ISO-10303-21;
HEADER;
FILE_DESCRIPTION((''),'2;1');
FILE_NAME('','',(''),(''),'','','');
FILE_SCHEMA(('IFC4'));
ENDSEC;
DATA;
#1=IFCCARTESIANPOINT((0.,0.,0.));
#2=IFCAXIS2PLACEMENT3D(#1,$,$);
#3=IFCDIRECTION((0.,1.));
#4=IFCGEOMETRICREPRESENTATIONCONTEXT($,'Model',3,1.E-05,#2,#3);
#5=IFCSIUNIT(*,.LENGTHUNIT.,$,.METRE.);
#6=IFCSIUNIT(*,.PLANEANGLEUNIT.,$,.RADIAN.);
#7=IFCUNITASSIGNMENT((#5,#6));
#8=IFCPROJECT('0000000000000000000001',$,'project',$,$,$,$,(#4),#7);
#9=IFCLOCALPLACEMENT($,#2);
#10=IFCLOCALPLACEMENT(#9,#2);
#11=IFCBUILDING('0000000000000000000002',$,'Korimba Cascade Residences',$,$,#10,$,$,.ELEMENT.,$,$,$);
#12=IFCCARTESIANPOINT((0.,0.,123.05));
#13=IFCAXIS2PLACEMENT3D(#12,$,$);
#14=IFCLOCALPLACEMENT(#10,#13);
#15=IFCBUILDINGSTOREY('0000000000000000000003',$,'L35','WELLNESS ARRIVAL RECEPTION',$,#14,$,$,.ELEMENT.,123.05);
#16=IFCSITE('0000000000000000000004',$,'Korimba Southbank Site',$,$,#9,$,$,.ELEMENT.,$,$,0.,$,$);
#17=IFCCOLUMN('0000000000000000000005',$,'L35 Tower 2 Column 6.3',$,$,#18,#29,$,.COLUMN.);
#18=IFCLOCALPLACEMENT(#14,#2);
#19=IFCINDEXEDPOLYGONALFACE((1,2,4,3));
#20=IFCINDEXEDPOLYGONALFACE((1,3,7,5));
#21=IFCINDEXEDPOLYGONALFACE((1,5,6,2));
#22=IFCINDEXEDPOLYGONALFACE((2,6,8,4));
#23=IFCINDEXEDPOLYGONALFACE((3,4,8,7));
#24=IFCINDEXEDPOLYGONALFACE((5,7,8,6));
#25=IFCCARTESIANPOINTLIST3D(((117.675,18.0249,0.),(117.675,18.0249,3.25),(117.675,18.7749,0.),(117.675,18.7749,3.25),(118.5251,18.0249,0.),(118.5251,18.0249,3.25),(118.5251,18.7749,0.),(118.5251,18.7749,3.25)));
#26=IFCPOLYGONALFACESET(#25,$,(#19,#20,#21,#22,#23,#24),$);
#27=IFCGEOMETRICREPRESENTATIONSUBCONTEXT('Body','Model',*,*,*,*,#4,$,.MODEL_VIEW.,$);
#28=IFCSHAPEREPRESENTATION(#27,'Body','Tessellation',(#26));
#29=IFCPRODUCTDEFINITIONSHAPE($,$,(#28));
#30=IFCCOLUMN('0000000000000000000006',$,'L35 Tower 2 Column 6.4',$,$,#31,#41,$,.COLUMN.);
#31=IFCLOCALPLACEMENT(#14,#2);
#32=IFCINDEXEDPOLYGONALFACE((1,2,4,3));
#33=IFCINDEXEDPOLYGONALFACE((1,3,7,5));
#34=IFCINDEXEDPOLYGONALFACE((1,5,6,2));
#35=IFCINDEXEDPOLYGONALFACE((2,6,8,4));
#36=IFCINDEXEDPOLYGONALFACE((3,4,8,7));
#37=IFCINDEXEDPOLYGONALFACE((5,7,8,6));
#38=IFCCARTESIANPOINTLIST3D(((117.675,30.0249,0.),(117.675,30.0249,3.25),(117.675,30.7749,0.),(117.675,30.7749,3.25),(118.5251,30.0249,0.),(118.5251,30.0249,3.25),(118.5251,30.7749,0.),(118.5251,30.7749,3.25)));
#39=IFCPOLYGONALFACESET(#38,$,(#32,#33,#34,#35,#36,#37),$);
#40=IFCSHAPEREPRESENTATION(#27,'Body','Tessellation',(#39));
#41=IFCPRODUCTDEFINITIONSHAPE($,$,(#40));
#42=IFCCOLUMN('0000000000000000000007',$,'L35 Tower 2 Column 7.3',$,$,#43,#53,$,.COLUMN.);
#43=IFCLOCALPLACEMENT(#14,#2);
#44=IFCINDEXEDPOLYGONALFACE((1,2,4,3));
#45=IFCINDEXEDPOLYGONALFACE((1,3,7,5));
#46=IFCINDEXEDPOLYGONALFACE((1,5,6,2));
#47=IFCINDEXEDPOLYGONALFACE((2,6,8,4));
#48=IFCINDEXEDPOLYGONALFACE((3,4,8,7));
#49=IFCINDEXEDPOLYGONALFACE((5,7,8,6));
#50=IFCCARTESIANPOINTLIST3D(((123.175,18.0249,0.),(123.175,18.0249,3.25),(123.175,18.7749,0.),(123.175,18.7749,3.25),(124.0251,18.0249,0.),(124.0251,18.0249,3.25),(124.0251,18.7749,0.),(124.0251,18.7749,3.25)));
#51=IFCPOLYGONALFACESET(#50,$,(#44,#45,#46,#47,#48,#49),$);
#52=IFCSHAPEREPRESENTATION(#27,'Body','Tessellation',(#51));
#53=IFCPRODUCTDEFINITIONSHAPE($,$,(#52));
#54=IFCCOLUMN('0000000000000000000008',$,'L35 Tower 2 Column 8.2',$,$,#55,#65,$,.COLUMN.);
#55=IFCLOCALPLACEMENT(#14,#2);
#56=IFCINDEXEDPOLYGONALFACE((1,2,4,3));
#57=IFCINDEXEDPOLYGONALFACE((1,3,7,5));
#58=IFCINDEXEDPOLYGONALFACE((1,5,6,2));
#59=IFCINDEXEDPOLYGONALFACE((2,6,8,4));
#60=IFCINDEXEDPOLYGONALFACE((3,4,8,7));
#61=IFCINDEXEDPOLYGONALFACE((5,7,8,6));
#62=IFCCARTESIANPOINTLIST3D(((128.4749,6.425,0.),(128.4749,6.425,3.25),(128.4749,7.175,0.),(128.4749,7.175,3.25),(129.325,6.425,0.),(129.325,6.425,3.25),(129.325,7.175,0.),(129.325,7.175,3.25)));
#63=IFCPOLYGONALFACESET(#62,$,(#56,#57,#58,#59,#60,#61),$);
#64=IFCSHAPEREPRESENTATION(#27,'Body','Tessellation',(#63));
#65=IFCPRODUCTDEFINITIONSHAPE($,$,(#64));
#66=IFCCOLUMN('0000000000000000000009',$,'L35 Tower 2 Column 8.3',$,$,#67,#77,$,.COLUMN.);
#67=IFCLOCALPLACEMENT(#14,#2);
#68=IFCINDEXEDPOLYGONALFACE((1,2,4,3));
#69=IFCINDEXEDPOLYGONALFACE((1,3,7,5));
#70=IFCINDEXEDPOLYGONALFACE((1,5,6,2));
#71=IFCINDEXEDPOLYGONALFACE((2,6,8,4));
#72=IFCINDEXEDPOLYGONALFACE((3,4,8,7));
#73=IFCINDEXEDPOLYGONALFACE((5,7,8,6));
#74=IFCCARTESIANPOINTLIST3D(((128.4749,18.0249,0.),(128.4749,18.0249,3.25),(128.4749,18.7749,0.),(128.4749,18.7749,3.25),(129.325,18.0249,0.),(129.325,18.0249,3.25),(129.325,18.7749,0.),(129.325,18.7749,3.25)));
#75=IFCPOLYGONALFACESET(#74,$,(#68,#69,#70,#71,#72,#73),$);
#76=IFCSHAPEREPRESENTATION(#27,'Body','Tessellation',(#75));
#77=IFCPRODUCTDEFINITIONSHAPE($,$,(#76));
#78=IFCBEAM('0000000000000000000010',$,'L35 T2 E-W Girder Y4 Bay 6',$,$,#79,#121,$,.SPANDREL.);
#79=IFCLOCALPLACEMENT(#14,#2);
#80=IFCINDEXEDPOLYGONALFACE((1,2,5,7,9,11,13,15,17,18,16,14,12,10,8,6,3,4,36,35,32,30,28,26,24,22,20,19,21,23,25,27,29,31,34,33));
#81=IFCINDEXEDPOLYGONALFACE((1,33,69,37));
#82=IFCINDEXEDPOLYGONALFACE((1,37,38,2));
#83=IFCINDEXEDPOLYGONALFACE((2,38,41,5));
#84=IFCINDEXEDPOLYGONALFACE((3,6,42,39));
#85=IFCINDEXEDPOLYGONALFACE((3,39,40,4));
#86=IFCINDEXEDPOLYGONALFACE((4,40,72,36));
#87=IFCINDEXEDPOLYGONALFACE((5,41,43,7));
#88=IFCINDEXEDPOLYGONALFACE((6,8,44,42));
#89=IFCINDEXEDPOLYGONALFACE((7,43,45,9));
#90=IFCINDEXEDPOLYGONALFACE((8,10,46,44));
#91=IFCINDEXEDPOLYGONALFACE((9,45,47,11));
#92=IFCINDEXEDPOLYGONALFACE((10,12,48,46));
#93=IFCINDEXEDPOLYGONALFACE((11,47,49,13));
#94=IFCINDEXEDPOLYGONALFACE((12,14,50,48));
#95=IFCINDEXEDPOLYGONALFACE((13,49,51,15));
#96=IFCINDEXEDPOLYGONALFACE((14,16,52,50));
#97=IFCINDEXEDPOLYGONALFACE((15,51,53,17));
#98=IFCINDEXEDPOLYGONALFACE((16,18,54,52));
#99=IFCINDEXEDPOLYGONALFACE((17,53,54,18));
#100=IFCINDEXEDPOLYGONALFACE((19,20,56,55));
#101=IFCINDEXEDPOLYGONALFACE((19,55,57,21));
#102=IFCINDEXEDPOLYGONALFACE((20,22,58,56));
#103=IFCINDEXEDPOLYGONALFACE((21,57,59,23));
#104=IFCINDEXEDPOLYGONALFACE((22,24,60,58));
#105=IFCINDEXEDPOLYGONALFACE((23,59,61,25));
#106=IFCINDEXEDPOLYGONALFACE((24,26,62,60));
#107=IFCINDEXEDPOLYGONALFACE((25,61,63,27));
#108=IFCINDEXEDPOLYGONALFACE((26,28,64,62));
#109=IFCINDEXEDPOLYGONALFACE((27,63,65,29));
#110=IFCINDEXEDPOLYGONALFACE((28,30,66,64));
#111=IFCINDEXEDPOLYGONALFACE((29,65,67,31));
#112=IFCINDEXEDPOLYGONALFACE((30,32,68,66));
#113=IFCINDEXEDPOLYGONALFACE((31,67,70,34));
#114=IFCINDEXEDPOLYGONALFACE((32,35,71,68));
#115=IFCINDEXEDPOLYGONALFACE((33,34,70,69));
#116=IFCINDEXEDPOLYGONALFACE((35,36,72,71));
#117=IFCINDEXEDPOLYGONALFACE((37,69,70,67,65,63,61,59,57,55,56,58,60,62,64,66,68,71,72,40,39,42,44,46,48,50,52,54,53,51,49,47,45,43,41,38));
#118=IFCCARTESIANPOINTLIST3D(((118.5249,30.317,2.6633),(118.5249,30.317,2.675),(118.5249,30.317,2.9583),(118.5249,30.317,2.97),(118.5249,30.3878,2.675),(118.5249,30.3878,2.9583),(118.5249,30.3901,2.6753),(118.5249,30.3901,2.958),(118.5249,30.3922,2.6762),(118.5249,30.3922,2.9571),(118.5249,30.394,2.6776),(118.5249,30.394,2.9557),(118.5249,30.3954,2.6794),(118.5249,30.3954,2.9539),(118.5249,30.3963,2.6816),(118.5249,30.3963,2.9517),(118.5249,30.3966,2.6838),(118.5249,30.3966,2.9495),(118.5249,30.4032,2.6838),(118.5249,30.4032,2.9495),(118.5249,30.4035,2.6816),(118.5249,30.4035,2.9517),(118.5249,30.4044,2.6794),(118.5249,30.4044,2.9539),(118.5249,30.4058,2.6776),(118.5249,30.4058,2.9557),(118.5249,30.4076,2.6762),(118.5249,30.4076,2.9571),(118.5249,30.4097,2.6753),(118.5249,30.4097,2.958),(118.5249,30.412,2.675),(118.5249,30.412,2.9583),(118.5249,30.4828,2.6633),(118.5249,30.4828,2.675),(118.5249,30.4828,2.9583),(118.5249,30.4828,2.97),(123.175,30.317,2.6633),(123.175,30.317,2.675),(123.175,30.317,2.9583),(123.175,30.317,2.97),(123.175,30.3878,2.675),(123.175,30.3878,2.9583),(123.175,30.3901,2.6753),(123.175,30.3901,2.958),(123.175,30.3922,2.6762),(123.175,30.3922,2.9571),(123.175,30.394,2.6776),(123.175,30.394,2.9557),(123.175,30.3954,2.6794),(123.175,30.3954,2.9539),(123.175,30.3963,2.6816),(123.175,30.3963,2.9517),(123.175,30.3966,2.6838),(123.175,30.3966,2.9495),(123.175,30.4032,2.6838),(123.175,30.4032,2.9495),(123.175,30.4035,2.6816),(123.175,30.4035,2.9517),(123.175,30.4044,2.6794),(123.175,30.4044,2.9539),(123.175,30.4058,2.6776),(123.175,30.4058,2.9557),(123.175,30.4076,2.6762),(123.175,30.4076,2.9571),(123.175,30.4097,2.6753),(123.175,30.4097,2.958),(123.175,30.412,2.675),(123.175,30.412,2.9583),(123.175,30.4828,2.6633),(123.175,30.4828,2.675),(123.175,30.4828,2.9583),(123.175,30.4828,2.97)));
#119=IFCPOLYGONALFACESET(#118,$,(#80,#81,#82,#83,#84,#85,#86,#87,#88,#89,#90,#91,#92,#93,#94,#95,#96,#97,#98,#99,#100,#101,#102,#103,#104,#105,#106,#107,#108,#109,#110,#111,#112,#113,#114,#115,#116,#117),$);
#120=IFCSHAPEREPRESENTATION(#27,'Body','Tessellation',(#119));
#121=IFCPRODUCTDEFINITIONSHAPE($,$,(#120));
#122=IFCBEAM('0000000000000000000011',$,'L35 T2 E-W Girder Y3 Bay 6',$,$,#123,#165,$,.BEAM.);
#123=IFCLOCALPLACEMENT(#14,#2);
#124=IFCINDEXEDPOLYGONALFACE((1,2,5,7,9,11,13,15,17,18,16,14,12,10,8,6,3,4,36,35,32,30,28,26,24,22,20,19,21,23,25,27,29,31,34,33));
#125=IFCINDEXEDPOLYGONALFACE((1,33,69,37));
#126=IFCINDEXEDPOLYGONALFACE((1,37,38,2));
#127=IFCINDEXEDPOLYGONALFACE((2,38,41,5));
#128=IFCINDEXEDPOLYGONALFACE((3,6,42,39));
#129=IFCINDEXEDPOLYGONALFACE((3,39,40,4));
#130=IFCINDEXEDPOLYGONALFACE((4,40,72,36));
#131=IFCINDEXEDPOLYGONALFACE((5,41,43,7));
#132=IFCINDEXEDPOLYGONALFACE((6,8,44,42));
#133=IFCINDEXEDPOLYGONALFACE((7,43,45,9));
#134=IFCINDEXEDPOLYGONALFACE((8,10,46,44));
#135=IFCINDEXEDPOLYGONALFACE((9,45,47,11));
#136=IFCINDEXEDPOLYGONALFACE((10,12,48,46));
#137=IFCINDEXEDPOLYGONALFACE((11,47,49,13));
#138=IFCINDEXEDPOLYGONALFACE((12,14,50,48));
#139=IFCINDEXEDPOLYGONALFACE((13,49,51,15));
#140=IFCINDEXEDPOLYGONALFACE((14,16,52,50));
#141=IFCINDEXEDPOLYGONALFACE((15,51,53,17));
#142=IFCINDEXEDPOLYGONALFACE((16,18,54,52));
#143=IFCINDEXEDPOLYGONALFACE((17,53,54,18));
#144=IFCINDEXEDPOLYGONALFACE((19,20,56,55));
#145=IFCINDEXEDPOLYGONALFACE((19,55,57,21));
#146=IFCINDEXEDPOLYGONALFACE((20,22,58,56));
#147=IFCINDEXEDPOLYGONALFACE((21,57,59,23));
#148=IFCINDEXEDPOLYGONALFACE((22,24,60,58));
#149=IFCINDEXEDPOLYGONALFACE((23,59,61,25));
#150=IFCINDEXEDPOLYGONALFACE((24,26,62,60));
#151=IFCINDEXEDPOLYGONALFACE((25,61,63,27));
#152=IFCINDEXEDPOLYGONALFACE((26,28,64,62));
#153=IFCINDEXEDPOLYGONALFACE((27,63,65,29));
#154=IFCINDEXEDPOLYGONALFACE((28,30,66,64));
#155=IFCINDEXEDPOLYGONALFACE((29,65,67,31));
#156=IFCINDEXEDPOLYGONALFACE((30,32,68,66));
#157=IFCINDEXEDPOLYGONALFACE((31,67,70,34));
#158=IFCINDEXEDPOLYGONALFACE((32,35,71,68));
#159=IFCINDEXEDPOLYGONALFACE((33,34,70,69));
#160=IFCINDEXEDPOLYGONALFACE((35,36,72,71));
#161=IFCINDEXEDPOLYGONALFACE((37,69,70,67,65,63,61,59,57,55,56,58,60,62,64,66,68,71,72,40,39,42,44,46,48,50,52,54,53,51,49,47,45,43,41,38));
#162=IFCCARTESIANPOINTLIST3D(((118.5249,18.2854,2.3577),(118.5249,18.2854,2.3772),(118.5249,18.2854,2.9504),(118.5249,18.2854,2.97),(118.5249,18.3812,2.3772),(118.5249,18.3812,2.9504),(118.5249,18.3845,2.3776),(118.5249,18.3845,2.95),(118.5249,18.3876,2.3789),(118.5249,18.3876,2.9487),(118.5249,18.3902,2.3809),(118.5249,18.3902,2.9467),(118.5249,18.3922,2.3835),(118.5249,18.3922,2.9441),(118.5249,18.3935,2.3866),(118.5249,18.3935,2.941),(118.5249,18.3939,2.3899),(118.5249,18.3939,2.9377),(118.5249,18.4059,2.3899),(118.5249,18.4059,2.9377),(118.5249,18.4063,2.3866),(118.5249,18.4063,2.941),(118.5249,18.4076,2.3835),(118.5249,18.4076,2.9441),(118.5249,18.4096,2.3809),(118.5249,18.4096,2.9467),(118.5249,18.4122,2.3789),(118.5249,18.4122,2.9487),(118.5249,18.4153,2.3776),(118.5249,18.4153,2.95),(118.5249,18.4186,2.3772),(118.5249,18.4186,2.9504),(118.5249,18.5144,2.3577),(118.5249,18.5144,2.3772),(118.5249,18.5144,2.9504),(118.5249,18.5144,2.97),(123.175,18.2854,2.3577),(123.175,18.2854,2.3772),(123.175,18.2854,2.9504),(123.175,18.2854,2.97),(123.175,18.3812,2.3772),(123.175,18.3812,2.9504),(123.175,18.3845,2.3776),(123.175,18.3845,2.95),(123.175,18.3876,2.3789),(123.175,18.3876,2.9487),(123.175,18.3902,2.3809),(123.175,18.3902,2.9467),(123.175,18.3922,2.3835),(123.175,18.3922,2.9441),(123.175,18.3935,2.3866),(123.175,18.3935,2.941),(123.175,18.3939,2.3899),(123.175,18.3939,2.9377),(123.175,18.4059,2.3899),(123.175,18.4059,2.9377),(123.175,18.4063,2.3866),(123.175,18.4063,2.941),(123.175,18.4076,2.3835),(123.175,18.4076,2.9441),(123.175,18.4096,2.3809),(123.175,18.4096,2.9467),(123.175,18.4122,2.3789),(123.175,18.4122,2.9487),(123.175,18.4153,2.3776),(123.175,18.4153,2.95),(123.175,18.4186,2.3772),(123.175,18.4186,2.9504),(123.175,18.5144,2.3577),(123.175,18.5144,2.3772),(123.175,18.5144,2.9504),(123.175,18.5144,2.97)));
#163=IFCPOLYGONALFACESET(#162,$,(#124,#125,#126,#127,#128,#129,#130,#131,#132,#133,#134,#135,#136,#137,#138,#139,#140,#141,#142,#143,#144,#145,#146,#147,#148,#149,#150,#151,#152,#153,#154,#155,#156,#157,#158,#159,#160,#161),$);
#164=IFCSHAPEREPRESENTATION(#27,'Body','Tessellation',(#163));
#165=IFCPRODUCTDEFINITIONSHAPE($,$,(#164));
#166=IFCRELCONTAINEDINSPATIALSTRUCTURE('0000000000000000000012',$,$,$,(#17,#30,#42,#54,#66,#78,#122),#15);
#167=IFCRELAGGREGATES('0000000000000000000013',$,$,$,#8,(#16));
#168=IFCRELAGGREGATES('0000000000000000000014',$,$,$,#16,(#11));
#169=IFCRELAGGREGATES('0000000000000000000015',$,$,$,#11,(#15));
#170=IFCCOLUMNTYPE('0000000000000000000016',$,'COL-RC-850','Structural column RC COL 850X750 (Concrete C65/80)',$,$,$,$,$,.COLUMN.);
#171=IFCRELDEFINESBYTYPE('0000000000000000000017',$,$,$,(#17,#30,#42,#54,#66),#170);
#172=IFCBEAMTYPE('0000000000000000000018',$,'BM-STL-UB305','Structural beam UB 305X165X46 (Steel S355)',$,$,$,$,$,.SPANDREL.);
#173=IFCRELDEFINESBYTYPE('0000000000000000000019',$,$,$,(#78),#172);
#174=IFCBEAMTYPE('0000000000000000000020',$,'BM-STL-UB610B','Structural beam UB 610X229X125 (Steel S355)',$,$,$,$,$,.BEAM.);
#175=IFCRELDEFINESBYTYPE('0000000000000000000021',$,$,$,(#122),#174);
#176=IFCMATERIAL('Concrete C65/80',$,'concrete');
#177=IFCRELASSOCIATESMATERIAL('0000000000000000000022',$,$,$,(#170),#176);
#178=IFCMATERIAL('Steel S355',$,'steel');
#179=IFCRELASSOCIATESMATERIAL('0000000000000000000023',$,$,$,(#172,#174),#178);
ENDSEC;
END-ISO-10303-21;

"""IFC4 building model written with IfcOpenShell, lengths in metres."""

from ifc_helpers import new_model, si_unit, direction, frame, origin, origin_2d, place, context, subcontext, project, spatial, rectangle, i_section, extrude, material, material_profile, profile_set, type_object, element, save


model = new_model("IFC4")

# Units and contexts
model_context = context("Model", 3, precision=1e-05, world=origin(), true_north=direction((0.0, 1.0)))
body_context = subcontext(model_context, "Body", "Model", "MODEL_VIEW")
ifc_project = project(units=[si_unit("LENGTHUNIT", "METRE"), si_unit("PLANEANGLEUNIT", "RADIAN")], contexts=[model_context])

# Site, building, storey
site_placement = place(None, origin())
site = spatial("IfcSite", under=ifc_project, at=site_placement, Name="Korimba Southbank Site", CompositionType="ELEMENT", RefElevation=0.0)
building_placement = place(site_placement, origin())
building = spatial("IfcBuilding", under=site, at=building_placement, Name="Korimba Cascade Residences", CompositionType="ELEMENT")
storey_placement = place(building_placement, frame((0.0, 0.0, 123.05)))
storey = spatial("IfcBuildingStorey", under=building, at=storey_placement, Name="L35", Description="WELLNESS ARRIVAL RECEPTION", CompositionType="ELEMENT", Elevation=123.05)

# Columns
ifc_material_1 = material(Name="Concrete C65/80", Category="concrete")
ifc_material_profile_1 = material_profile(ifc_material_1, rectangle(XDim=0.8501, YDim=0.75, at=origin_2d()), Name="Concrete C65/80")
ifc_profile_set_1 = profile_set([ifc_material_profile_1], Name="Concrete C65/80")
column_type = type_object("IfcColumnType", Name="COL-RC-850", Description="Structural column RC COL 850X750 (Concrete C65/80)", PredefinedType="COLUMN", material=ifc_profile_set_1)
for number, where, z_axis, x_axis, name in (
    (1, (118.1001, 18.3999, 0.0), (0.0, 0.0, 1.0), (1.0, 0.0, 0.0), "L35 Tower 2 Column 6.3"),
    (2, (118.1001, 30.3999, 0.0), (0.0, 0.0, 1.0), (1.0, 0.0, 0.0), "L35 Tower 2 Column 6.4"),
    (3, (123.6001, 18.3999, 0.0), (0.0, 0.0, 1.0), (1.0, 0.0, 0.0), "L35 Tower 2 Column 7.3"),
    (4, (128.8999, 6.8, 0.0), (0.0, 0.0, 1.0), (1.0, 0.0, 0.0), "L35 Tower 2 Column 8.2"),
    (5, (128.8999, 18.3999, 0.0), (0.0, 0.0, 1.0), (1.0, 0.0, 0.0), "L35 Tower 2 Column 8.3"),
):
    element("IfcColumn", number, at=place(storey_placement, frame(where, z_axis=z_axis, x_axis=x_axis)), inside=storey, type_object=column_type, Name=name, PredefinedType="COLUMN", context=body_context, shape_type="SweptSolid", body=[
        extrude(rectangle(XDim=0.8501, YDim=0.75, at=origin_2d()), origin(), (0.0, 0.0, 1.0), 3.25),
    ])

# Beams
ifc_material_2 = material(Name="Steel S355", Category="steel")
ifc_material_profile_2 = material_profile(ifc_material_2, i_section(OverallWidth=0.1658, OverallDepth=0.3066, WebThickness=0.0066, FlangeThickness=0.0117, FilletRadius=0.0088, at=origin_2d()), Name="Steel S355")
ifc_profile_set_2 = profile_set([ifc_material_profile_2], Name="Steel S355")
beam_type_1 = type_object("IfcBeamType", Name="BM-STL-UB305", Description="Structural beam UB 305X165X46 (Steel S355)", PredefinedType="SPANDREL", material=ifc_profile_set_2)
beam_1_placement = place(storey_placement, frame((118.5249, 30.3999, 2.8167), z_axis=(1.0, 0.0, 0.0), x_axis=(0.0, 1.0, 0.0)))
element("IfcBeam", 6, at=beam_1_placement, inside=storey, type_object=beam_type_1, Name="L35 T2 E-W Girder Y4 Bay 6", PredefinedType="SPANDREL", context=body_context, shape_type="SweptSolid", body=[
    extrude(i_section(OverallWidth=0.1658, OverallDepth=0.3066, WebThickness=0.0066, FlangeThickness=0.0117, FilletRadius=0.0088, at=origin_2d()), origin(), (0.0, 0.0, 1.0), 4.6501),
])
ifc_material_profile_3 = material_profile(ifc_material_2, i_section(OverallWidth=0.229, OverallDepth=0.6123, WebThickness=0.012, FlangeThickness=0.0195, FilletRadius=0.0127, at=origin_2d()), Name="Steel S355")
ifc_profile_set_3 = profile_set([ifc_material_profile_3], Name="Steel S355")
beam_type_2 = type_object("IfcBeamType", Name="BM-STL-UB610B", Description="Structural beam UB 610X229X125 (Steel S355)", PredefinedType="BEAM", material=ifc_profile_set_3)
beam_2_placement = place(storey_placement, frame((118.5249, 18.3999, 2.6638), z_axis=(1.0, 0.0, 0.0), x_axis=(0.0, 1.0, 0.0)))
element("IfcBeam", 7, at=beam_2_placement, inside=storey, type_object=beam_type_2, Name="L35 T2 E-W Girder Y3 Bay 6", PredefinedType="BEAM", context=body_context, shape_type="SweptSolid", body=[
    extrude(i_section(OverallWidth=0.229, OverallDepth=0.6123, WebThickness=0.012, FlangeThickness=0.0195, FilletRadius=0.0127, at=origin_2d()), origin(), (0.0, 0.0, 1.0), 4.6501),
])

save(model, "model.ifc")
